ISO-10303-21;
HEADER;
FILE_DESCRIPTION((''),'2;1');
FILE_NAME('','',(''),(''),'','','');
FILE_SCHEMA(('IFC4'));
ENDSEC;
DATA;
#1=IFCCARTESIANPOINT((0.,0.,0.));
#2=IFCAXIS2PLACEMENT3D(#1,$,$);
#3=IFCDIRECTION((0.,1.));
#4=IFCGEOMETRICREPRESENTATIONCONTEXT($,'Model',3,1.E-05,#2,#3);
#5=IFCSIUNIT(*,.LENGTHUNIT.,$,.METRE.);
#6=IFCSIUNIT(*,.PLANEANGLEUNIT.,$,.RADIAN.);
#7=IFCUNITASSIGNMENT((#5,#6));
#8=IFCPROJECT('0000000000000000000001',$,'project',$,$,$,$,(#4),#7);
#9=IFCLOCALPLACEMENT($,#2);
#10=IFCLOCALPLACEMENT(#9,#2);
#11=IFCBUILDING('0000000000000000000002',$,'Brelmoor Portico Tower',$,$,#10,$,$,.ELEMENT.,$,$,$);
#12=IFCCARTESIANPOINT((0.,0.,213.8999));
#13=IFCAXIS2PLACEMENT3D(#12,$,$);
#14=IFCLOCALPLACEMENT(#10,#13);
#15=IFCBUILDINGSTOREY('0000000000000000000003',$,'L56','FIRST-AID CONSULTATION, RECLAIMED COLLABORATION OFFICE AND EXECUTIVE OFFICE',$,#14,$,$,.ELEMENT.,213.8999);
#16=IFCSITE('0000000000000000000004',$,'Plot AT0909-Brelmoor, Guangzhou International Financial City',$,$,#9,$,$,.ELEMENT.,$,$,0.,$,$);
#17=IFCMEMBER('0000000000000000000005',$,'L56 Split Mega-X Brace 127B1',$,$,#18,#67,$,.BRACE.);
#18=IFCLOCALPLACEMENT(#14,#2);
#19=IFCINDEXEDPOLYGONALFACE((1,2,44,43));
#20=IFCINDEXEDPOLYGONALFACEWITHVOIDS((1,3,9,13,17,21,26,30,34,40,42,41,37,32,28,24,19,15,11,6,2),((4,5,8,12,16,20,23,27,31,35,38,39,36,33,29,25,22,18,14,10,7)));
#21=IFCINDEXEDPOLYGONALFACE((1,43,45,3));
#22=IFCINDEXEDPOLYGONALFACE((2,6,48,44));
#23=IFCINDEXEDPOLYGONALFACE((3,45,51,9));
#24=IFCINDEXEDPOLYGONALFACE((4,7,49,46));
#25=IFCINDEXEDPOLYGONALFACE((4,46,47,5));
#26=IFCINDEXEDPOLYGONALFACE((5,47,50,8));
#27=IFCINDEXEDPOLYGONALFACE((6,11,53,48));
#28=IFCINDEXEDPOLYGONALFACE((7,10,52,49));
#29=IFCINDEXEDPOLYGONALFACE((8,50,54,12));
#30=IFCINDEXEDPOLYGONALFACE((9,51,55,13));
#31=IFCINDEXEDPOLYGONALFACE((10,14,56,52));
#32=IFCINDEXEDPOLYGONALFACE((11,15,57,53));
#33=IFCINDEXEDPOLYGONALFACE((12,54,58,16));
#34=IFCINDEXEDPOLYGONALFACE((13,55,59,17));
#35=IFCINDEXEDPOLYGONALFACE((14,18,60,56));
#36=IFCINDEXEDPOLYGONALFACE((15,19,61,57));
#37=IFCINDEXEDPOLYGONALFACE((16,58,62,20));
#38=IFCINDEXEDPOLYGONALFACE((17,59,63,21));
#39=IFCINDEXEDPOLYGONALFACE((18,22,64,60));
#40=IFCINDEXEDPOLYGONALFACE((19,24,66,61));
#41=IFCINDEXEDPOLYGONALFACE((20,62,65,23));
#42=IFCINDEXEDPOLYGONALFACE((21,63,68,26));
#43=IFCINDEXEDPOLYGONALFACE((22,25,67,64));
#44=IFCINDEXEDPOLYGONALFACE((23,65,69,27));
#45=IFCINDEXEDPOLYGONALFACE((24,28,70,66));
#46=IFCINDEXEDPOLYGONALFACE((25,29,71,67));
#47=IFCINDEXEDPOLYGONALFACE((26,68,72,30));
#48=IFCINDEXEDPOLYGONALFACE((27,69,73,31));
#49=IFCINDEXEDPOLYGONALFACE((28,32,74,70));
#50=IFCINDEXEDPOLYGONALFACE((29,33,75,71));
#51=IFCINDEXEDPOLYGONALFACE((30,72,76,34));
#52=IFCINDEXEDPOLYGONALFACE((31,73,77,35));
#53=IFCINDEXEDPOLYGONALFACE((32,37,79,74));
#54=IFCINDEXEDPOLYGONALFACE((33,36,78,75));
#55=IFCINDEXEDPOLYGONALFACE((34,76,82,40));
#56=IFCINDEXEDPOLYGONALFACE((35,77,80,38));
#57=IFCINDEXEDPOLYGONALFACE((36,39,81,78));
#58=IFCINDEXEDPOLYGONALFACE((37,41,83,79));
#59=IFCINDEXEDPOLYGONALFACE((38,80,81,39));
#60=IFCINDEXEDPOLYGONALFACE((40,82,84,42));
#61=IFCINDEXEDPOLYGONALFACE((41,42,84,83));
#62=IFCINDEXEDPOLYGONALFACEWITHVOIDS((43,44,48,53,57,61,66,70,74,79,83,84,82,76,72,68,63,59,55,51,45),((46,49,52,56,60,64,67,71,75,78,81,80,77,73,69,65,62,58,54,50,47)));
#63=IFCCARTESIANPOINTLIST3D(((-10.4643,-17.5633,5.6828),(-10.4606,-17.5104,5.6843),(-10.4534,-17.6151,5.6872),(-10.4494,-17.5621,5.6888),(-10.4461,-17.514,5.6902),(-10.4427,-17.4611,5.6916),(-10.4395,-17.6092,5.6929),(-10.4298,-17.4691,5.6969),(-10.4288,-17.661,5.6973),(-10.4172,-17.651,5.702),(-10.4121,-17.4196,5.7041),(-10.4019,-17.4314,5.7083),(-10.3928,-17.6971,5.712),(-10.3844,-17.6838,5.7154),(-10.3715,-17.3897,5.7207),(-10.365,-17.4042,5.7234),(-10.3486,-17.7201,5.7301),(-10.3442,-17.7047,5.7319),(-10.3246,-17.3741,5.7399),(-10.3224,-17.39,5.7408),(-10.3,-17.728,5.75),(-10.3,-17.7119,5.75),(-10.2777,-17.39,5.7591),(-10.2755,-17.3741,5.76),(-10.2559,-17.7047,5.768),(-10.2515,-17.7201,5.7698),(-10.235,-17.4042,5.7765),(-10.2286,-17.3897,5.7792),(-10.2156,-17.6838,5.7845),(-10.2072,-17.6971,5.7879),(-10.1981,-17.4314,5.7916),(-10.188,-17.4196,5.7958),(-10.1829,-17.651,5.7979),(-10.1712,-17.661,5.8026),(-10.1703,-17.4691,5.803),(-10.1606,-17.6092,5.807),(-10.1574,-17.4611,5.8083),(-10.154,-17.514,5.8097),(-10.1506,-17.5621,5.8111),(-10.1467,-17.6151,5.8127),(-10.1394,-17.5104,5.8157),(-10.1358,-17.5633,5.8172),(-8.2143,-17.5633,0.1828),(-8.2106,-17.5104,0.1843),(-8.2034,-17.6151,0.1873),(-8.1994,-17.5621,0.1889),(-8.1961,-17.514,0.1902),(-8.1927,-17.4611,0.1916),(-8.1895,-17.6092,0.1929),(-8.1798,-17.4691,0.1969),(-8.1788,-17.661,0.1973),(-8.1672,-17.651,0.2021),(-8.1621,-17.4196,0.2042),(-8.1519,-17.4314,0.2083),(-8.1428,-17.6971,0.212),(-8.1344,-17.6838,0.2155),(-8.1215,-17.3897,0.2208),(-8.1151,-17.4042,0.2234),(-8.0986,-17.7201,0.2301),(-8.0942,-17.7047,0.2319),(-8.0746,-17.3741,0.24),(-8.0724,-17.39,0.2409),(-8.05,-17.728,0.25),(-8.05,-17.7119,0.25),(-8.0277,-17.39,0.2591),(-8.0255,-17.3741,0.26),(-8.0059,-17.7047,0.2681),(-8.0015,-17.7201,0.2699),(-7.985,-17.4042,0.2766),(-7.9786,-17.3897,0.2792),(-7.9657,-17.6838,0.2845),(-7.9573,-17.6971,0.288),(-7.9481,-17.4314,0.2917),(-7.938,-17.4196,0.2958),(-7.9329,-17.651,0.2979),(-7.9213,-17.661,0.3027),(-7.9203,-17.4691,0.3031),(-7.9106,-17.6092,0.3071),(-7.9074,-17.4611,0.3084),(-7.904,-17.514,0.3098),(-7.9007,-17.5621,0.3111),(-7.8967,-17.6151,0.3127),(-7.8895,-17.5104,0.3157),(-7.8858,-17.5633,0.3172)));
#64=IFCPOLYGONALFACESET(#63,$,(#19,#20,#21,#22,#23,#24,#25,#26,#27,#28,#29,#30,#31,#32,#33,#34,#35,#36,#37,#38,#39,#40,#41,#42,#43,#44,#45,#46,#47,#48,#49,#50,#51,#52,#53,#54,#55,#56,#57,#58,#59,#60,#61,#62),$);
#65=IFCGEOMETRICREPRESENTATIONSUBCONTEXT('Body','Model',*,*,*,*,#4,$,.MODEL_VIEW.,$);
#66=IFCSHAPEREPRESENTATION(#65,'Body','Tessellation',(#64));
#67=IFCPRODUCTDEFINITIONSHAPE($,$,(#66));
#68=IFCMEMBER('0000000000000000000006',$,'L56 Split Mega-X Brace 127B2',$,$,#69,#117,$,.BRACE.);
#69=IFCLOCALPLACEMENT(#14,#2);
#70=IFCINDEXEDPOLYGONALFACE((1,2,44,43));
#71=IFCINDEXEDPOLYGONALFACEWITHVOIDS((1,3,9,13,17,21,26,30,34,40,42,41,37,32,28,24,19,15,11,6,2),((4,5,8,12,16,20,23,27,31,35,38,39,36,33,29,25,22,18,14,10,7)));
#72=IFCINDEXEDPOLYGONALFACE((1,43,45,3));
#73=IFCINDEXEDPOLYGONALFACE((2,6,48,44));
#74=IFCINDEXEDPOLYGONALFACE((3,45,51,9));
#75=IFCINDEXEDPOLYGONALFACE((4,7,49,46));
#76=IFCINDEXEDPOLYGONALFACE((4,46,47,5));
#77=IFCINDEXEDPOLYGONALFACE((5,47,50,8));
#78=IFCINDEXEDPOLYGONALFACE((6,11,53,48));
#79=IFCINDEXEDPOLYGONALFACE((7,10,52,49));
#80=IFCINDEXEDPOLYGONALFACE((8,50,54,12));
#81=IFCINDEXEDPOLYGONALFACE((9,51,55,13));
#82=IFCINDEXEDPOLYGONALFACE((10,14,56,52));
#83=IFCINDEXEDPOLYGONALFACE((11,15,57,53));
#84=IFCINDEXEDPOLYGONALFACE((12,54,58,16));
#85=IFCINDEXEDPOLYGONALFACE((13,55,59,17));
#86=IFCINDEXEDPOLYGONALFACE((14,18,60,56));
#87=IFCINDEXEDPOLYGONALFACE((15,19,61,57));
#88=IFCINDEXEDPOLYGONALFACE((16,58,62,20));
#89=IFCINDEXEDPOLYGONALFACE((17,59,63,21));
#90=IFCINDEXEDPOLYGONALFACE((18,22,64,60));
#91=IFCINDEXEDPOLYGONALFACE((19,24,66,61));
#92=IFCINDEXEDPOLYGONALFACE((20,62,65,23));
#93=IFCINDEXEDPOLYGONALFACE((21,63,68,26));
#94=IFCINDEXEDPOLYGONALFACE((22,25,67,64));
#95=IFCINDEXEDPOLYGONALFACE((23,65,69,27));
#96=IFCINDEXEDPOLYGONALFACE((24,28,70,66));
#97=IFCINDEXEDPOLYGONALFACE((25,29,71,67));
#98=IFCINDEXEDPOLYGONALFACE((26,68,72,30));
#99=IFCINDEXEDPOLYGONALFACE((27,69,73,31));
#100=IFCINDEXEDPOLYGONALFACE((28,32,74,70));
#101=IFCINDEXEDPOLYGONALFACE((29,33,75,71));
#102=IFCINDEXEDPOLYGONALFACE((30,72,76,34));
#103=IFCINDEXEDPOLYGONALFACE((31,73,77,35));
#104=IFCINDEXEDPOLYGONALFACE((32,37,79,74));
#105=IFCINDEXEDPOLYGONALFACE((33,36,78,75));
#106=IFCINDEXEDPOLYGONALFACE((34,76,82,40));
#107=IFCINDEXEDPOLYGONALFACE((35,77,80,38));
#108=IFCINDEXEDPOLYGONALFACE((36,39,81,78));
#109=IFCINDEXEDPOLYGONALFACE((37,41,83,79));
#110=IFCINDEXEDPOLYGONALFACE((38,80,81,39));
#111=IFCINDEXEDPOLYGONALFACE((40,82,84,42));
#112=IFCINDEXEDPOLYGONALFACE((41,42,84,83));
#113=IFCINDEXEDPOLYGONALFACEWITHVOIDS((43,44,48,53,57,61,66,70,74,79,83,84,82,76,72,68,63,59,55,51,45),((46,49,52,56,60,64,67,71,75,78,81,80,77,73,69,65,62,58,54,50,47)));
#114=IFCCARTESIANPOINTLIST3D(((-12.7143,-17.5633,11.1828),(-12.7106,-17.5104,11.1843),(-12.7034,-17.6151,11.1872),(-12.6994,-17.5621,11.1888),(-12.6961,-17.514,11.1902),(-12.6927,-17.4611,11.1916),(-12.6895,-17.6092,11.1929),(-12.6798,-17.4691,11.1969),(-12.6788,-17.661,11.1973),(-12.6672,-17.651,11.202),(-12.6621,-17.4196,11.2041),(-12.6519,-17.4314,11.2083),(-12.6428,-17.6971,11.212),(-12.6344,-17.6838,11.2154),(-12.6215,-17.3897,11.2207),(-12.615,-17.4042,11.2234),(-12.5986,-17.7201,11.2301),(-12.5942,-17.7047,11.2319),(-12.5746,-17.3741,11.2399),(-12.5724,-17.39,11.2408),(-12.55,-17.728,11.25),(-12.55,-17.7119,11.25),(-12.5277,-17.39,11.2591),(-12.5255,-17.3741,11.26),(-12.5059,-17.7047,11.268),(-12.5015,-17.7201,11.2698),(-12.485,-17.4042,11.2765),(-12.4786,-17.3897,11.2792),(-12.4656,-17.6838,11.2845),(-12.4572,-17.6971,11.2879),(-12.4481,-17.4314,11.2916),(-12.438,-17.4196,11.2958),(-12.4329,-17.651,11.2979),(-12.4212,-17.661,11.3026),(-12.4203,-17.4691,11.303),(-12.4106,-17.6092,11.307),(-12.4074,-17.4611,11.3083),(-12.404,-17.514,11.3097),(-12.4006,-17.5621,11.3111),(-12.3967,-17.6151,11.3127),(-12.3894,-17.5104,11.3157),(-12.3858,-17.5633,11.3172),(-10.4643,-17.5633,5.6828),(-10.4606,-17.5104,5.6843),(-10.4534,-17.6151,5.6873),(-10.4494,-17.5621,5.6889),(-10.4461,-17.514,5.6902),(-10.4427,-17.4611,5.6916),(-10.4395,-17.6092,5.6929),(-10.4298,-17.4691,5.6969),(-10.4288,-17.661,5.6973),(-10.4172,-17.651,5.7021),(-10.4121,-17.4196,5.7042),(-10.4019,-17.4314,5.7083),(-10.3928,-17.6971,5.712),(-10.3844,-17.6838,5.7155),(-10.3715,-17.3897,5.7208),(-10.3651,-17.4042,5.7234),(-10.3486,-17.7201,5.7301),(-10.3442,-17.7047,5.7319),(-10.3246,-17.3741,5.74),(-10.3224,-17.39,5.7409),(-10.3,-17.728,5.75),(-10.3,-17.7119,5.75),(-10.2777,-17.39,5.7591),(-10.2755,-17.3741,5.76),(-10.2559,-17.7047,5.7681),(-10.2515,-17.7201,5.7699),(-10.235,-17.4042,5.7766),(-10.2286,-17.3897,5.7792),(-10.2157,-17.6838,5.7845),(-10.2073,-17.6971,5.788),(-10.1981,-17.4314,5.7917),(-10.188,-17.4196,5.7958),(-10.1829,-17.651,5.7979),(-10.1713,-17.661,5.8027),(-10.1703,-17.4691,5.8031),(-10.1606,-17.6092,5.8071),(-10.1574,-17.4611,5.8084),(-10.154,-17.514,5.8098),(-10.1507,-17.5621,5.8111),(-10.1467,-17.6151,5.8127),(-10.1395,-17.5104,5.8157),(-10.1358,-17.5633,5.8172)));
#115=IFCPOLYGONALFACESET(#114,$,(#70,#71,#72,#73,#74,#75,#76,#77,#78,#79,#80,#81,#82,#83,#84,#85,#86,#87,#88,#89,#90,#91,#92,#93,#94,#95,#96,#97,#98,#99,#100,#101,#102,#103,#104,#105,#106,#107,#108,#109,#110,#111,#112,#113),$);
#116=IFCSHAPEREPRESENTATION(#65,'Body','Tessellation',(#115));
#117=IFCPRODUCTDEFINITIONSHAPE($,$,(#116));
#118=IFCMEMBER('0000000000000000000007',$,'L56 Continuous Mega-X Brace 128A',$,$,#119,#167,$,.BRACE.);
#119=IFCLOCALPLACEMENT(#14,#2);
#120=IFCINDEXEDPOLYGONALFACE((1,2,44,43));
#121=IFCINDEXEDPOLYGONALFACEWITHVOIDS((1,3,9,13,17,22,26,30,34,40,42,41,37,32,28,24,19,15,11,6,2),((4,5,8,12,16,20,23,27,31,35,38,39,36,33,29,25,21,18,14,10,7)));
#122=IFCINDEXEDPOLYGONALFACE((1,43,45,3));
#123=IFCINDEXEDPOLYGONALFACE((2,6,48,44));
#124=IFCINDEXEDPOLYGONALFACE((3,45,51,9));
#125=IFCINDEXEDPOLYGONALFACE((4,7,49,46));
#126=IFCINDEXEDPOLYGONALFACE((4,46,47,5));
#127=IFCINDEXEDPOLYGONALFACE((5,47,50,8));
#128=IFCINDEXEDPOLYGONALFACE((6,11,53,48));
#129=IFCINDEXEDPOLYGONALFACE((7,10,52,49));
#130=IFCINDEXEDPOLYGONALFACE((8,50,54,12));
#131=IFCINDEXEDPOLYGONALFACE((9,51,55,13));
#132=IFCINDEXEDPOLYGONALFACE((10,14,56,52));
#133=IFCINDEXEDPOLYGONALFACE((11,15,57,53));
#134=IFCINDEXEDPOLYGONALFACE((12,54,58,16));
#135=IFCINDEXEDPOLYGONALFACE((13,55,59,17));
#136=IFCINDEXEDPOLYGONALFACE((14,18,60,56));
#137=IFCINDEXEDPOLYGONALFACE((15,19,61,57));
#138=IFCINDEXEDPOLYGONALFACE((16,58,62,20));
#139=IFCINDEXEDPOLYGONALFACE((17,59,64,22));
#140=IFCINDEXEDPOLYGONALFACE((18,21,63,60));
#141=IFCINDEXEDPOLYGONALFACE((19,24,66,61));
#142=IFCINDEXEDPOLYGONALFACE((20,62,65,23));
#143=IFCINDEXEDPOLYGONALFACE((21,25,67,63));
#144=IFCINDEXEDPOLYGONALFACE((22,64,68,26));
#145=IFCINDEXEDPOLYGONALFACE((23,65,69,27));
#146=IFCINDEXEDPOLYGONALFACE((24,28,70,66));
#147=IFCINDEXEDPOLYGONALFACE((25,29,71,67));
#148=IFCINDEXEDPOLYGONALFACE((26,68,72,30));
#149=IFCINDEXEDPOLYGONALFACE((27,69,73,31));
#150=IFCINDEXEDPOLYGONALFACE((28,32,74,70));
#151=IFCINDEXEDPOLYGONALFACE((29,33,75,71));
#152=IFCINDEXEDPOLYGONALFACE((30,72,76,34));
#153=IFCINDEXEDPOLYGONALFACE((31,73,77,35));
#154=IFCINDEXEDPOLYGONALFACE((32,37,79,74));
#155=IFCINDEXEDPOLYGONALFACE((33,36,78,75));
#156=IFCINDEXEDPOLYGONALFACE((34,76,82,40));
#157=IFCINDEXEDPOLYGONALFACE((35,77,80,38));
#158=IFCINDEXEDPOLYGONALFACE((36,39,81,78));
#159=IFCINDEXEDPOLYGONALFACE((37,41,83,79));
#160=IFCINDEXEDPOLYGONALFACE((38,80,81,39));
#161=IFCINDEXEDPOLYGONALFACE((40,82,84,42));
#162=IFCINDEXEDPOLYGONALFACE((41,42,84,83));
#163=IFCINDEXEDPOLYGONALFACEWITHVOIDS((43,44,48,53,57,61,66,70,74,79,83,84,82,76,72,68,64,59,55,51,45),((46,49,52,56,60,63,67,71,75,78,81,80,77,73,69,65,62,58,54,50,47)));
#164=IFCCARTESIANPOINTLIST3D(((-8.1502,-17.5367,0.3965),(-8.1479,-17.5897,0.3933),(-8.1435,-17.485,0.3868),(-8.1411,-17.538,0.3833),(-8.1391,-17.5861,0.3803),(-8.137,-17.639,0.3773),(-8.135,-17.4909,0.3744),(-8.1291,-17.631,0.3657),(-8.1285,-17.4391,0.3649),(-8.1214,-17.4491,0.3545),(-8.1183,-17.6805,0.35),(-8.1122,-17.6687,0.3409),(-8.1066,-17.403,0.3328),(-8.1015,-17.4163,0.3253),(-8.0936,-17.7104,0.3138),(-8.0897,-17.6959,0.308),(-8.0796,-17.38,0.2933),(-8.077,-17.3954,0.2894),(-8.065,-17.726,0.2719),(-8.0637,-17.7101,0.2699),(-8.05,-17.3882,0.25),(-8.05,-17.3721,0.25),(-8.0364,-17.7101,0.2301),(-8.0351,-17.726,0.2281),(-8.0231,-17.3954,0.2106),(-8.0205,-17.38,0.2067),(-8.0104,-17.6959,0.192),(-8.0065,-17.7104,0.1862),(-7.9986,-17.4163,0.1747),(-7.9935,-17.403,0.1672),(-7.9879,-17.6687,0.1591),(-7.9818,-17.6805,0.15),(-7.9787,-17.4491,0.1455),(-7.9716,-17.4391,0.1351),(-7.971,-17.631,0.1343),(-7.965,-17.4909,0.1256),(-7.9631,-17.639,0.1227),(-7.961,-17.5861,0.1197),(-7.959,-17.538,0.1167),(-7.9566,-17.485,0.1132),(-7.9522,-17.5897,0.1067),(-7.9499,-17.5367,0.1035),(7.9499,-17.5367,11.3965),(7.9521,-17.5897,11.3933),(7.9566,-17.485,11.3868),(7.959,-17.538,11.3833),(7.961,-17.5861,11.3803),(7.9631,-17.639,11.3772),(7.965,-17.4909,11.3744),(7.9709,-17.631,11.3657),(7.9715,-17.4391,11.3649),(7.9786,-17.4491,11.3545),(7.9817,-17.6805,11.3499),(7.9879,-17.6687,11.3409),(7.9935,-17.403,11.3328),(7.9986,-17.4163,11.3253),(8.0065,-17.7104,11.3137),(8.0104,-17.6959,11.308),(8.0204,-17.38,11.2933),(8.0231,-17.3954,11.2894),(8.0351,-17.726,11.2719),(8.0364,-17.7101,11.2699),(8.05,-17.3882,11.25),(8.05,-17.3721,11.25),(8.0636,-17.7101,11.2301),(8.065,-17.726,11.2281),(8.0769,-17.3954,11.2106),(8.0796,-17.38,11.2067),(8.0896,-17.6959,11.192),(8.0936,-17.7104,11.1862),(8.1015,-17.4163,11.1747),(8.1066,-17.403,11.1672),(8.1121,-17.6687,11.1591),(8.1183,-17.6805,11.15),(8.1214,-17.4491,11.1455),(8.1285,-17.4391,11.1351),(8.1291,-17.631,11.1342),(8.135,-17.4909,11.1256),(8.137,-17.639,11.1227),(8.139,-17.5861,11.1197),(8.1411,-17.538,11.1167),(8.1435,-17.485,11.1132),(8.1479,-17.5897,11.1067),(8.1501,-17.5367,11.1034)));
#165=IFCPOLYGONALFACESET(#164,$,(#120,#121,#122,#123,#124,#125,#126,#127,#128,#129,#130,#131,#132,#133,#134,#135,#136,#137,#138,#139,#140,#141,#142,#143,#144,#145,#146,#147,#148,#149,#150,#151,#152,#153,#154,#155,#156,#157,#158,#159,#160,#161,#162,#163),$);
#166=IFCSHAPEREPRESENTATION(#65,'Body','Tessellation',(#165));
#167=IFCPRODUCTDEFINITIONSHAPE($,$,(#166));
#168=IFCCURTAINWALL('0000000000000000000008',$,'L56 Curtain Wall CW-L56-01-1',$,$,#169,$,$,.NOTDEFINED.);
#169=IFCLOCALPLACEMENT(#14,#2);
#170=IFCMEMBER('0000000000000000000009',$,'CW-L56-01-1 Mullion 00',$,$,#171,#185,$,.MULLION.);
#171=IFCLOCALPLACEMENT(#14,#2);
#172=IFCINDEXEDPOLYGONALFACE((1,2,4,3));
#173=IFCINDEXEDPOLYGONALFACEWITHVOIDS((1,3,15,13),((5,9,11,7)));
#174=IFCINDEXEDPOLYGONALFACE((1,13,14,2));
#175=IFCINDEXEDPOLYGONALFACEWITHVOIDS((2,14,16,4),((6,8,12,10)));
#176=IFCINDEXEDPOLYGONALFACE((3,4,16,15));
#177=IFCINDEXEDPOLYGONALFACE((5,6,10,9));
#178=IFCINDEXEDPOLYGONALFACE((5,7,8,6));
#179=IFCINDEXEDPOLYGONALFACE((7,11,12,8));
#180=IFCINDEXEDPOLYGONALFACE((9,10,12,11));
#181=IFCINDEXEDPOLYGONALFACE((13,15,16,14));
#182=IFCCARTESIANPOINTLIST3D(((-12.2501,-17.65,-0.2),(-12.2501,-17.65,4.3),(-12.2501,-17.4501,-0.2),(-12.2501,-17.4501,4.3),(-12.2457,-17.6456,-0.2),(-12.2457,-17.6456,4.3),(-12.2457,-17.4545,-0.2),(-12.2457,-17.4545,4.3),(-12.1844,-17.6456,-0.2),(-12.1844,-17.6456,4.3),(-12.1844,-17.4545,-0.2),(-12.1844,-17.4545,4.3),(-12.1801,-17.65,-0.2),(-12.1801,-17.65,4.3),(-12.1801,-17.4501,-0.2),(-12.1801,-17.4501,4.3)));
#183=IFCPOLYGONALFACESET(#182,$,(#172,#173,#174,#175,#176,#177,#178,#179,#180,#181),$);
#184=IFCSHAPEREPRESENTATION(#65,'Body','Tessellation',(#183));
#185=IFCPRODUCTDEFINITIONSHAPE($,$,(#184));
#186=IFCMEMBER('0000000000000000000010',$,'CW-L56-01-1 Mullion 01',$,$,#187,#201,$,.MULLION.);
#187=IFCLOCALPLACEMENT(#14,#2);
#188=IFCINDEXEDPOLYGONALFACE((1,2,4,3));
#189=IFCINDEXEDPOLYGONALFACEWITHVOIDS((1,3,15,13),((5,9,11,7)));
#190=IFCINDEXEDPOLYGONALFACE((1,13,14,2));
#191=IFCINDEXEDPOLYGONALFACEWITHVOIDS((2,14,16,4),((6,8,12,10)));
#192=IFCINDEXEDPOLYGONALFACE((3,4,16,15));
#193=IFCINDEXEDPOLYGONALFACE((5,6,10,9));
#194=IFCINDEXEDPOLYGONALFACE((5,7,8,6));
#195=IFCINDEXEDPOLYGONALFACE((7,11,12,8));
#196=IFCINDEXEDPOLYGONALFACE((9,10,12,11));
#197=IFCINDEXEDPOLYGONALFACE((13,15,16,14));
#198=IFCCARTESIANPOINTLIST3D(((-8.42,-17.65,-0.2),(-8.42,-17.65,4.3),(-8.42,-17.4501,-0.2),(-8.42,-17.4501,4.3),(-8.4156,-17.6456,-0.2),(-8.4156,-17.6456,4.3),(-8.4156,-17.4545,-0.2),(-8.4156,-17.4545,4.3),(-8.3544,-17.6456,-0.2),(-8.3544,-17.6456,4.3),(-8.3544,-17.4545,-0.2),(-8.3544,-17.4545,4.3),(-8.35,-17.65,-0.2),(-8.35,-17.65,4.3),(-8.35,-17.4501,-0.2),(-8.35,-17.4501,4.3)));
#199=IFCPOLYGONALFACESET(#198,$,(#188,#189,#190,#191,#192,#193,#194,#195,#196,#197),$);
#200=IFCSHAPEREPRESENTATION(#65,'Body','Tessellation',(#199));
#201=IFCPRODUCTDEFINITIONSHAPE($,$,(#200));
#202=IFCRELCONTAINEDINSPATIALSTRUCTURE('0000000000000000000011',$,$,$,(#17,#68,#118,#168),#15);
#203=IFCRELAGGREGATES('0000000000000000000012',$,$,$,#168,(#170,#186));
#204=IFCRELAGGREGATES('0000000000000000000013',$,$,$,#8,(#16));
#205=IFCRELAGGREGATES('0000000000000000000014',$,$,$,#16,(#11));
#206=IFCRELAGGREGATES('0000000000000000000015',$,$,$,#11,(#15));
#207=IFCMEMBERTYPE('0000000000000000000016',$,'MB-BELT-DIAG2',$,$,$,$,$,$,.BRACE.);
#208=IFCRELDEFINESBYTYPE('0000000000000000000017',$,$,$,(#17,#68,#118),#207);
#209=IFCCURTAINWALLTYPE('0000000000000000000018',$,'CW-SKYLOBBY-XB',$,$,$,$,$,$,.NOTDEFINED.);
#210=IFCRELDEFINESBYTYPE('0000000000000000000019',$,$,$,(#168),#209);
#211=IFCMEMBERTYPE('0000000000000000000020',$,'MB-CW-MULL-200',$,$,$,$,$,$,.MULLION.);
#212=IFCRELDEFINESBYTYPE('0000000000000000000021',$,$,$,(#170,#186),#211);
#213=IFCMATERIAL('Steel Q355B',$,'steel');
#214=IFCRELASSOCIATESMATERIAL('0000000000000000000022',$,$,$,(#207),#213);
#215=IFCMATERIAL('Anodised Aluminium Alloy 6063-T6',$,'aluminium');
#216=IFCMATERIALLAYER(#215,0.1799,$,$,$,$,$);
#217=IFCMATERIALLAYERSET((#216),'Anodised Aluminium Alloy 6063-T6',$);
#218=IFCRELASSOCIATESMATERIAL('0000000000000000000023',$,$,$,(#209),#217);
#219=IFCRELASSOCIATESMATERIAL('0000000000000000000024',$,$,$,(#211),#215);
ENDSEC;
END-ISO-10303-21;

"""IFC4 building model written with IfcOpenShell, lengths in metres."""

from ifc_helpers import new_model, si_unit, direction, frame, origin, origin_2d, place, context, subcontext, project, spatial, hollow_rectangle, hollow_circle, extrude, material, layer, layer_set, material_profile, profile_set, type_object, element, aggregate, save


model = new_model("IFC4")

# Units and contexts
model_context = context("Model", 3, precision=1e-05, world=origin(), true_north=direction((0.0, 1.0)))
body_context = subcontext(model_context, "Body", "Model", "MODEL_VIEW")
ifc_project = project(units=[si_unit("LENGTHUNIT", "METRE"), si_unit("PLANEANGLEUNIT", "RADIAN")], contexts=[model_context])

# Site, building, storey
site_placement = place(None, origin())
site = spatial("IfcSite", under=ifc_project, at=site_placement, Name="Plot AT0909-Brelmoor, Guangzhou International Financial City", CompositionType="ELEMENT", RefElevation=0.0)
building_placement = place(site_placement, origin())
building = spatial("IfcBuilding", under=site, at=building_placement, Name="Brelmoor Portico Tower", CompositionType="ELEMENT")
storey_placement = place(building_placement, frame((0.0, 0.0, 213.8999)))
storey = spatial("IfcBuildingStorey", under=building, at=storey_placement, Name="L56", Description="FIRST-AID CONSULTATION, RECLAIMED COLLABORATION OFFICE AND EXECUTIVE OFFICE", CompositionType="ELEMENT", Elevation=213.8999)

# Shared definitions
ifc_material_1 = material(Name="Steel Q355B", Category="steel")

# Members
ifc_material_profile_1 = material_profile(ifc_material_1, hollow_circle(Radius=0.178, WallThickness=0.0161, at=origin_2d()), Name="CHS 356x16")
ifc_profile_set_1 = profile_set([ifc_material_profile_1], Name="Steel Q355B")
member_type_1 = type_object("IfcMemberType", Name="MB-BELT-DIAG2", PredefinedType="BRACE", material=ifc_profile_set_1)
for number, where, z_axis, x_axis, name in (
    (1, (-8.05, -17.55, 0.25), (-0.378633, 0.0, 0.925547), (0.0, -1.0, 0.0), "L56 Split Mega-X Brace 127B1"),
    (2, (-10.3, -17.55, 5.75), (-0.378633, 0.0, 0.925547), (0.0, -1.0, 0.0), "L56 Split Mega-X Brace 127B2"),
):
    element("IfcMember", number, at=place(storey_placement, frame(where, z_axis=z_axis, x_axis=x_axis)), inside=storey, type_object=member_type_1, Name=name, PredefinedType="BRACE", context=body_context, shape_type="SweptSolid", body=[
        extrude(hollow_circle(Radius=0.178, WallThickness=0.0161, at=origin_2d()), origin(), (0.0, 0.0, 1.0), 5.9424),
    ])
member_1_placement = place(storey_placement, frame((-8.05, -17.55, 0.25), z_axis=(0.825686, 0.0, 0.56413), x_axis=(0.0, 1.0, 0.0)))
element("IfcMember", 3, at=member_1_placement, inside=storey, type_object=member_type_1, Name="L56 Continuous Mega-X Brace 128A", PredefinedType="BRACE", context=body_context, shape_type="SweptSolid", body=[
    extrude(hollow_circle(Radius=0.178, WallThickness=0.0161, at=origin_2d()), origin(), (0.0, 0.0, 1.0), 19.499),
])

# Curtain wall, members
ifc_material_2 = material(Name="Anodised Aluminium Alloy 6063-T6", Category="aluminium")
ifc_layer_1 = layer(ifc_material_2, 0.1799)
ifc_layer_set_1 = layer_set([ifc_layer_1], Name="Anodised Aluminium Alloy 6063-T6")
curtain_wall_type = type_object("IfcCurtainWallType", Name="CW-SKYLOBBY-XB", PredefinedType="NOTDEFINED", material=ifc_layer_set_1)
curtain_wall_1_placement = place(storey_placement, origin())
curtain_wall_1 = element("IfcCurtainWall", 4, at=curtain_wall_1_placement, inside=storey, type_object=curtain_wall_type, Name="L56 Curtain Wall CW-L56-01-1", PredefinedType="NOTDEFINED")
ifc_material_profile_2 = material_profile(ifc_material_2, hollow_rectangle(XDim=0.0701, YDim=0.2, WallThickness=0.0044, at=origin_2d()), Name="ALU MULLION 70x200")
ifc_profile_set_2 = profile_set([ifc_material_profile_2], Name="Anodised Aluminium Alloy 6063-T6")
member_type_2 = type_object("IfcMemberType", Name="MB-CW-MULL-200", PredefinedType="MULLION", material=ifc_profile_set_2)
member_2_placement = place(storey_placement, frame((-12.2151, -17.55, -0.2), z_axis=(0.0, 0.0, 1.0), x_axis=(1.0, 0.0, 0.0)))
member_2 = element("IfcMember", 5, at=member_2_placement, type_object=member_type_2, Name="CW-L56-01-1 Mullion 00", PredefinedType="MULLION", context=body_context, shape_type="SweptSolid", body=[
    extrude(hollow_rectangle(XDim=0.0701, YDim=0.2, WallThickness=0.0044, at=origin_2d()), origin(), (0.0, 0.0, 1.0), 4.5),
])
member_3_placement = place(storey_placement, frame((-8.385, -17.55, -0.2), z_axis=(0.0, 0.0, 1.0), x_axis=(1.0, 0.0, 0.0)))
member_3 = element("IfcMember", 6, at=member_3_placement, type_object=member_type_2, Name="CW-L56-01-1 Mullion 01", PredefinedType="MULLION", context=body_context, shape_type="SweptSolid", body=[
    extrude(hollow_rectangle(XDim=0.0701, YDim=0.2, WallThickness=0.0044, at=origin_2d()), origin(), (0.0, 0.0, 1.0), 4.5),
])

aggregate(curtain_wall_1, [member_2, member_3])

save(model, "model.ifc")
